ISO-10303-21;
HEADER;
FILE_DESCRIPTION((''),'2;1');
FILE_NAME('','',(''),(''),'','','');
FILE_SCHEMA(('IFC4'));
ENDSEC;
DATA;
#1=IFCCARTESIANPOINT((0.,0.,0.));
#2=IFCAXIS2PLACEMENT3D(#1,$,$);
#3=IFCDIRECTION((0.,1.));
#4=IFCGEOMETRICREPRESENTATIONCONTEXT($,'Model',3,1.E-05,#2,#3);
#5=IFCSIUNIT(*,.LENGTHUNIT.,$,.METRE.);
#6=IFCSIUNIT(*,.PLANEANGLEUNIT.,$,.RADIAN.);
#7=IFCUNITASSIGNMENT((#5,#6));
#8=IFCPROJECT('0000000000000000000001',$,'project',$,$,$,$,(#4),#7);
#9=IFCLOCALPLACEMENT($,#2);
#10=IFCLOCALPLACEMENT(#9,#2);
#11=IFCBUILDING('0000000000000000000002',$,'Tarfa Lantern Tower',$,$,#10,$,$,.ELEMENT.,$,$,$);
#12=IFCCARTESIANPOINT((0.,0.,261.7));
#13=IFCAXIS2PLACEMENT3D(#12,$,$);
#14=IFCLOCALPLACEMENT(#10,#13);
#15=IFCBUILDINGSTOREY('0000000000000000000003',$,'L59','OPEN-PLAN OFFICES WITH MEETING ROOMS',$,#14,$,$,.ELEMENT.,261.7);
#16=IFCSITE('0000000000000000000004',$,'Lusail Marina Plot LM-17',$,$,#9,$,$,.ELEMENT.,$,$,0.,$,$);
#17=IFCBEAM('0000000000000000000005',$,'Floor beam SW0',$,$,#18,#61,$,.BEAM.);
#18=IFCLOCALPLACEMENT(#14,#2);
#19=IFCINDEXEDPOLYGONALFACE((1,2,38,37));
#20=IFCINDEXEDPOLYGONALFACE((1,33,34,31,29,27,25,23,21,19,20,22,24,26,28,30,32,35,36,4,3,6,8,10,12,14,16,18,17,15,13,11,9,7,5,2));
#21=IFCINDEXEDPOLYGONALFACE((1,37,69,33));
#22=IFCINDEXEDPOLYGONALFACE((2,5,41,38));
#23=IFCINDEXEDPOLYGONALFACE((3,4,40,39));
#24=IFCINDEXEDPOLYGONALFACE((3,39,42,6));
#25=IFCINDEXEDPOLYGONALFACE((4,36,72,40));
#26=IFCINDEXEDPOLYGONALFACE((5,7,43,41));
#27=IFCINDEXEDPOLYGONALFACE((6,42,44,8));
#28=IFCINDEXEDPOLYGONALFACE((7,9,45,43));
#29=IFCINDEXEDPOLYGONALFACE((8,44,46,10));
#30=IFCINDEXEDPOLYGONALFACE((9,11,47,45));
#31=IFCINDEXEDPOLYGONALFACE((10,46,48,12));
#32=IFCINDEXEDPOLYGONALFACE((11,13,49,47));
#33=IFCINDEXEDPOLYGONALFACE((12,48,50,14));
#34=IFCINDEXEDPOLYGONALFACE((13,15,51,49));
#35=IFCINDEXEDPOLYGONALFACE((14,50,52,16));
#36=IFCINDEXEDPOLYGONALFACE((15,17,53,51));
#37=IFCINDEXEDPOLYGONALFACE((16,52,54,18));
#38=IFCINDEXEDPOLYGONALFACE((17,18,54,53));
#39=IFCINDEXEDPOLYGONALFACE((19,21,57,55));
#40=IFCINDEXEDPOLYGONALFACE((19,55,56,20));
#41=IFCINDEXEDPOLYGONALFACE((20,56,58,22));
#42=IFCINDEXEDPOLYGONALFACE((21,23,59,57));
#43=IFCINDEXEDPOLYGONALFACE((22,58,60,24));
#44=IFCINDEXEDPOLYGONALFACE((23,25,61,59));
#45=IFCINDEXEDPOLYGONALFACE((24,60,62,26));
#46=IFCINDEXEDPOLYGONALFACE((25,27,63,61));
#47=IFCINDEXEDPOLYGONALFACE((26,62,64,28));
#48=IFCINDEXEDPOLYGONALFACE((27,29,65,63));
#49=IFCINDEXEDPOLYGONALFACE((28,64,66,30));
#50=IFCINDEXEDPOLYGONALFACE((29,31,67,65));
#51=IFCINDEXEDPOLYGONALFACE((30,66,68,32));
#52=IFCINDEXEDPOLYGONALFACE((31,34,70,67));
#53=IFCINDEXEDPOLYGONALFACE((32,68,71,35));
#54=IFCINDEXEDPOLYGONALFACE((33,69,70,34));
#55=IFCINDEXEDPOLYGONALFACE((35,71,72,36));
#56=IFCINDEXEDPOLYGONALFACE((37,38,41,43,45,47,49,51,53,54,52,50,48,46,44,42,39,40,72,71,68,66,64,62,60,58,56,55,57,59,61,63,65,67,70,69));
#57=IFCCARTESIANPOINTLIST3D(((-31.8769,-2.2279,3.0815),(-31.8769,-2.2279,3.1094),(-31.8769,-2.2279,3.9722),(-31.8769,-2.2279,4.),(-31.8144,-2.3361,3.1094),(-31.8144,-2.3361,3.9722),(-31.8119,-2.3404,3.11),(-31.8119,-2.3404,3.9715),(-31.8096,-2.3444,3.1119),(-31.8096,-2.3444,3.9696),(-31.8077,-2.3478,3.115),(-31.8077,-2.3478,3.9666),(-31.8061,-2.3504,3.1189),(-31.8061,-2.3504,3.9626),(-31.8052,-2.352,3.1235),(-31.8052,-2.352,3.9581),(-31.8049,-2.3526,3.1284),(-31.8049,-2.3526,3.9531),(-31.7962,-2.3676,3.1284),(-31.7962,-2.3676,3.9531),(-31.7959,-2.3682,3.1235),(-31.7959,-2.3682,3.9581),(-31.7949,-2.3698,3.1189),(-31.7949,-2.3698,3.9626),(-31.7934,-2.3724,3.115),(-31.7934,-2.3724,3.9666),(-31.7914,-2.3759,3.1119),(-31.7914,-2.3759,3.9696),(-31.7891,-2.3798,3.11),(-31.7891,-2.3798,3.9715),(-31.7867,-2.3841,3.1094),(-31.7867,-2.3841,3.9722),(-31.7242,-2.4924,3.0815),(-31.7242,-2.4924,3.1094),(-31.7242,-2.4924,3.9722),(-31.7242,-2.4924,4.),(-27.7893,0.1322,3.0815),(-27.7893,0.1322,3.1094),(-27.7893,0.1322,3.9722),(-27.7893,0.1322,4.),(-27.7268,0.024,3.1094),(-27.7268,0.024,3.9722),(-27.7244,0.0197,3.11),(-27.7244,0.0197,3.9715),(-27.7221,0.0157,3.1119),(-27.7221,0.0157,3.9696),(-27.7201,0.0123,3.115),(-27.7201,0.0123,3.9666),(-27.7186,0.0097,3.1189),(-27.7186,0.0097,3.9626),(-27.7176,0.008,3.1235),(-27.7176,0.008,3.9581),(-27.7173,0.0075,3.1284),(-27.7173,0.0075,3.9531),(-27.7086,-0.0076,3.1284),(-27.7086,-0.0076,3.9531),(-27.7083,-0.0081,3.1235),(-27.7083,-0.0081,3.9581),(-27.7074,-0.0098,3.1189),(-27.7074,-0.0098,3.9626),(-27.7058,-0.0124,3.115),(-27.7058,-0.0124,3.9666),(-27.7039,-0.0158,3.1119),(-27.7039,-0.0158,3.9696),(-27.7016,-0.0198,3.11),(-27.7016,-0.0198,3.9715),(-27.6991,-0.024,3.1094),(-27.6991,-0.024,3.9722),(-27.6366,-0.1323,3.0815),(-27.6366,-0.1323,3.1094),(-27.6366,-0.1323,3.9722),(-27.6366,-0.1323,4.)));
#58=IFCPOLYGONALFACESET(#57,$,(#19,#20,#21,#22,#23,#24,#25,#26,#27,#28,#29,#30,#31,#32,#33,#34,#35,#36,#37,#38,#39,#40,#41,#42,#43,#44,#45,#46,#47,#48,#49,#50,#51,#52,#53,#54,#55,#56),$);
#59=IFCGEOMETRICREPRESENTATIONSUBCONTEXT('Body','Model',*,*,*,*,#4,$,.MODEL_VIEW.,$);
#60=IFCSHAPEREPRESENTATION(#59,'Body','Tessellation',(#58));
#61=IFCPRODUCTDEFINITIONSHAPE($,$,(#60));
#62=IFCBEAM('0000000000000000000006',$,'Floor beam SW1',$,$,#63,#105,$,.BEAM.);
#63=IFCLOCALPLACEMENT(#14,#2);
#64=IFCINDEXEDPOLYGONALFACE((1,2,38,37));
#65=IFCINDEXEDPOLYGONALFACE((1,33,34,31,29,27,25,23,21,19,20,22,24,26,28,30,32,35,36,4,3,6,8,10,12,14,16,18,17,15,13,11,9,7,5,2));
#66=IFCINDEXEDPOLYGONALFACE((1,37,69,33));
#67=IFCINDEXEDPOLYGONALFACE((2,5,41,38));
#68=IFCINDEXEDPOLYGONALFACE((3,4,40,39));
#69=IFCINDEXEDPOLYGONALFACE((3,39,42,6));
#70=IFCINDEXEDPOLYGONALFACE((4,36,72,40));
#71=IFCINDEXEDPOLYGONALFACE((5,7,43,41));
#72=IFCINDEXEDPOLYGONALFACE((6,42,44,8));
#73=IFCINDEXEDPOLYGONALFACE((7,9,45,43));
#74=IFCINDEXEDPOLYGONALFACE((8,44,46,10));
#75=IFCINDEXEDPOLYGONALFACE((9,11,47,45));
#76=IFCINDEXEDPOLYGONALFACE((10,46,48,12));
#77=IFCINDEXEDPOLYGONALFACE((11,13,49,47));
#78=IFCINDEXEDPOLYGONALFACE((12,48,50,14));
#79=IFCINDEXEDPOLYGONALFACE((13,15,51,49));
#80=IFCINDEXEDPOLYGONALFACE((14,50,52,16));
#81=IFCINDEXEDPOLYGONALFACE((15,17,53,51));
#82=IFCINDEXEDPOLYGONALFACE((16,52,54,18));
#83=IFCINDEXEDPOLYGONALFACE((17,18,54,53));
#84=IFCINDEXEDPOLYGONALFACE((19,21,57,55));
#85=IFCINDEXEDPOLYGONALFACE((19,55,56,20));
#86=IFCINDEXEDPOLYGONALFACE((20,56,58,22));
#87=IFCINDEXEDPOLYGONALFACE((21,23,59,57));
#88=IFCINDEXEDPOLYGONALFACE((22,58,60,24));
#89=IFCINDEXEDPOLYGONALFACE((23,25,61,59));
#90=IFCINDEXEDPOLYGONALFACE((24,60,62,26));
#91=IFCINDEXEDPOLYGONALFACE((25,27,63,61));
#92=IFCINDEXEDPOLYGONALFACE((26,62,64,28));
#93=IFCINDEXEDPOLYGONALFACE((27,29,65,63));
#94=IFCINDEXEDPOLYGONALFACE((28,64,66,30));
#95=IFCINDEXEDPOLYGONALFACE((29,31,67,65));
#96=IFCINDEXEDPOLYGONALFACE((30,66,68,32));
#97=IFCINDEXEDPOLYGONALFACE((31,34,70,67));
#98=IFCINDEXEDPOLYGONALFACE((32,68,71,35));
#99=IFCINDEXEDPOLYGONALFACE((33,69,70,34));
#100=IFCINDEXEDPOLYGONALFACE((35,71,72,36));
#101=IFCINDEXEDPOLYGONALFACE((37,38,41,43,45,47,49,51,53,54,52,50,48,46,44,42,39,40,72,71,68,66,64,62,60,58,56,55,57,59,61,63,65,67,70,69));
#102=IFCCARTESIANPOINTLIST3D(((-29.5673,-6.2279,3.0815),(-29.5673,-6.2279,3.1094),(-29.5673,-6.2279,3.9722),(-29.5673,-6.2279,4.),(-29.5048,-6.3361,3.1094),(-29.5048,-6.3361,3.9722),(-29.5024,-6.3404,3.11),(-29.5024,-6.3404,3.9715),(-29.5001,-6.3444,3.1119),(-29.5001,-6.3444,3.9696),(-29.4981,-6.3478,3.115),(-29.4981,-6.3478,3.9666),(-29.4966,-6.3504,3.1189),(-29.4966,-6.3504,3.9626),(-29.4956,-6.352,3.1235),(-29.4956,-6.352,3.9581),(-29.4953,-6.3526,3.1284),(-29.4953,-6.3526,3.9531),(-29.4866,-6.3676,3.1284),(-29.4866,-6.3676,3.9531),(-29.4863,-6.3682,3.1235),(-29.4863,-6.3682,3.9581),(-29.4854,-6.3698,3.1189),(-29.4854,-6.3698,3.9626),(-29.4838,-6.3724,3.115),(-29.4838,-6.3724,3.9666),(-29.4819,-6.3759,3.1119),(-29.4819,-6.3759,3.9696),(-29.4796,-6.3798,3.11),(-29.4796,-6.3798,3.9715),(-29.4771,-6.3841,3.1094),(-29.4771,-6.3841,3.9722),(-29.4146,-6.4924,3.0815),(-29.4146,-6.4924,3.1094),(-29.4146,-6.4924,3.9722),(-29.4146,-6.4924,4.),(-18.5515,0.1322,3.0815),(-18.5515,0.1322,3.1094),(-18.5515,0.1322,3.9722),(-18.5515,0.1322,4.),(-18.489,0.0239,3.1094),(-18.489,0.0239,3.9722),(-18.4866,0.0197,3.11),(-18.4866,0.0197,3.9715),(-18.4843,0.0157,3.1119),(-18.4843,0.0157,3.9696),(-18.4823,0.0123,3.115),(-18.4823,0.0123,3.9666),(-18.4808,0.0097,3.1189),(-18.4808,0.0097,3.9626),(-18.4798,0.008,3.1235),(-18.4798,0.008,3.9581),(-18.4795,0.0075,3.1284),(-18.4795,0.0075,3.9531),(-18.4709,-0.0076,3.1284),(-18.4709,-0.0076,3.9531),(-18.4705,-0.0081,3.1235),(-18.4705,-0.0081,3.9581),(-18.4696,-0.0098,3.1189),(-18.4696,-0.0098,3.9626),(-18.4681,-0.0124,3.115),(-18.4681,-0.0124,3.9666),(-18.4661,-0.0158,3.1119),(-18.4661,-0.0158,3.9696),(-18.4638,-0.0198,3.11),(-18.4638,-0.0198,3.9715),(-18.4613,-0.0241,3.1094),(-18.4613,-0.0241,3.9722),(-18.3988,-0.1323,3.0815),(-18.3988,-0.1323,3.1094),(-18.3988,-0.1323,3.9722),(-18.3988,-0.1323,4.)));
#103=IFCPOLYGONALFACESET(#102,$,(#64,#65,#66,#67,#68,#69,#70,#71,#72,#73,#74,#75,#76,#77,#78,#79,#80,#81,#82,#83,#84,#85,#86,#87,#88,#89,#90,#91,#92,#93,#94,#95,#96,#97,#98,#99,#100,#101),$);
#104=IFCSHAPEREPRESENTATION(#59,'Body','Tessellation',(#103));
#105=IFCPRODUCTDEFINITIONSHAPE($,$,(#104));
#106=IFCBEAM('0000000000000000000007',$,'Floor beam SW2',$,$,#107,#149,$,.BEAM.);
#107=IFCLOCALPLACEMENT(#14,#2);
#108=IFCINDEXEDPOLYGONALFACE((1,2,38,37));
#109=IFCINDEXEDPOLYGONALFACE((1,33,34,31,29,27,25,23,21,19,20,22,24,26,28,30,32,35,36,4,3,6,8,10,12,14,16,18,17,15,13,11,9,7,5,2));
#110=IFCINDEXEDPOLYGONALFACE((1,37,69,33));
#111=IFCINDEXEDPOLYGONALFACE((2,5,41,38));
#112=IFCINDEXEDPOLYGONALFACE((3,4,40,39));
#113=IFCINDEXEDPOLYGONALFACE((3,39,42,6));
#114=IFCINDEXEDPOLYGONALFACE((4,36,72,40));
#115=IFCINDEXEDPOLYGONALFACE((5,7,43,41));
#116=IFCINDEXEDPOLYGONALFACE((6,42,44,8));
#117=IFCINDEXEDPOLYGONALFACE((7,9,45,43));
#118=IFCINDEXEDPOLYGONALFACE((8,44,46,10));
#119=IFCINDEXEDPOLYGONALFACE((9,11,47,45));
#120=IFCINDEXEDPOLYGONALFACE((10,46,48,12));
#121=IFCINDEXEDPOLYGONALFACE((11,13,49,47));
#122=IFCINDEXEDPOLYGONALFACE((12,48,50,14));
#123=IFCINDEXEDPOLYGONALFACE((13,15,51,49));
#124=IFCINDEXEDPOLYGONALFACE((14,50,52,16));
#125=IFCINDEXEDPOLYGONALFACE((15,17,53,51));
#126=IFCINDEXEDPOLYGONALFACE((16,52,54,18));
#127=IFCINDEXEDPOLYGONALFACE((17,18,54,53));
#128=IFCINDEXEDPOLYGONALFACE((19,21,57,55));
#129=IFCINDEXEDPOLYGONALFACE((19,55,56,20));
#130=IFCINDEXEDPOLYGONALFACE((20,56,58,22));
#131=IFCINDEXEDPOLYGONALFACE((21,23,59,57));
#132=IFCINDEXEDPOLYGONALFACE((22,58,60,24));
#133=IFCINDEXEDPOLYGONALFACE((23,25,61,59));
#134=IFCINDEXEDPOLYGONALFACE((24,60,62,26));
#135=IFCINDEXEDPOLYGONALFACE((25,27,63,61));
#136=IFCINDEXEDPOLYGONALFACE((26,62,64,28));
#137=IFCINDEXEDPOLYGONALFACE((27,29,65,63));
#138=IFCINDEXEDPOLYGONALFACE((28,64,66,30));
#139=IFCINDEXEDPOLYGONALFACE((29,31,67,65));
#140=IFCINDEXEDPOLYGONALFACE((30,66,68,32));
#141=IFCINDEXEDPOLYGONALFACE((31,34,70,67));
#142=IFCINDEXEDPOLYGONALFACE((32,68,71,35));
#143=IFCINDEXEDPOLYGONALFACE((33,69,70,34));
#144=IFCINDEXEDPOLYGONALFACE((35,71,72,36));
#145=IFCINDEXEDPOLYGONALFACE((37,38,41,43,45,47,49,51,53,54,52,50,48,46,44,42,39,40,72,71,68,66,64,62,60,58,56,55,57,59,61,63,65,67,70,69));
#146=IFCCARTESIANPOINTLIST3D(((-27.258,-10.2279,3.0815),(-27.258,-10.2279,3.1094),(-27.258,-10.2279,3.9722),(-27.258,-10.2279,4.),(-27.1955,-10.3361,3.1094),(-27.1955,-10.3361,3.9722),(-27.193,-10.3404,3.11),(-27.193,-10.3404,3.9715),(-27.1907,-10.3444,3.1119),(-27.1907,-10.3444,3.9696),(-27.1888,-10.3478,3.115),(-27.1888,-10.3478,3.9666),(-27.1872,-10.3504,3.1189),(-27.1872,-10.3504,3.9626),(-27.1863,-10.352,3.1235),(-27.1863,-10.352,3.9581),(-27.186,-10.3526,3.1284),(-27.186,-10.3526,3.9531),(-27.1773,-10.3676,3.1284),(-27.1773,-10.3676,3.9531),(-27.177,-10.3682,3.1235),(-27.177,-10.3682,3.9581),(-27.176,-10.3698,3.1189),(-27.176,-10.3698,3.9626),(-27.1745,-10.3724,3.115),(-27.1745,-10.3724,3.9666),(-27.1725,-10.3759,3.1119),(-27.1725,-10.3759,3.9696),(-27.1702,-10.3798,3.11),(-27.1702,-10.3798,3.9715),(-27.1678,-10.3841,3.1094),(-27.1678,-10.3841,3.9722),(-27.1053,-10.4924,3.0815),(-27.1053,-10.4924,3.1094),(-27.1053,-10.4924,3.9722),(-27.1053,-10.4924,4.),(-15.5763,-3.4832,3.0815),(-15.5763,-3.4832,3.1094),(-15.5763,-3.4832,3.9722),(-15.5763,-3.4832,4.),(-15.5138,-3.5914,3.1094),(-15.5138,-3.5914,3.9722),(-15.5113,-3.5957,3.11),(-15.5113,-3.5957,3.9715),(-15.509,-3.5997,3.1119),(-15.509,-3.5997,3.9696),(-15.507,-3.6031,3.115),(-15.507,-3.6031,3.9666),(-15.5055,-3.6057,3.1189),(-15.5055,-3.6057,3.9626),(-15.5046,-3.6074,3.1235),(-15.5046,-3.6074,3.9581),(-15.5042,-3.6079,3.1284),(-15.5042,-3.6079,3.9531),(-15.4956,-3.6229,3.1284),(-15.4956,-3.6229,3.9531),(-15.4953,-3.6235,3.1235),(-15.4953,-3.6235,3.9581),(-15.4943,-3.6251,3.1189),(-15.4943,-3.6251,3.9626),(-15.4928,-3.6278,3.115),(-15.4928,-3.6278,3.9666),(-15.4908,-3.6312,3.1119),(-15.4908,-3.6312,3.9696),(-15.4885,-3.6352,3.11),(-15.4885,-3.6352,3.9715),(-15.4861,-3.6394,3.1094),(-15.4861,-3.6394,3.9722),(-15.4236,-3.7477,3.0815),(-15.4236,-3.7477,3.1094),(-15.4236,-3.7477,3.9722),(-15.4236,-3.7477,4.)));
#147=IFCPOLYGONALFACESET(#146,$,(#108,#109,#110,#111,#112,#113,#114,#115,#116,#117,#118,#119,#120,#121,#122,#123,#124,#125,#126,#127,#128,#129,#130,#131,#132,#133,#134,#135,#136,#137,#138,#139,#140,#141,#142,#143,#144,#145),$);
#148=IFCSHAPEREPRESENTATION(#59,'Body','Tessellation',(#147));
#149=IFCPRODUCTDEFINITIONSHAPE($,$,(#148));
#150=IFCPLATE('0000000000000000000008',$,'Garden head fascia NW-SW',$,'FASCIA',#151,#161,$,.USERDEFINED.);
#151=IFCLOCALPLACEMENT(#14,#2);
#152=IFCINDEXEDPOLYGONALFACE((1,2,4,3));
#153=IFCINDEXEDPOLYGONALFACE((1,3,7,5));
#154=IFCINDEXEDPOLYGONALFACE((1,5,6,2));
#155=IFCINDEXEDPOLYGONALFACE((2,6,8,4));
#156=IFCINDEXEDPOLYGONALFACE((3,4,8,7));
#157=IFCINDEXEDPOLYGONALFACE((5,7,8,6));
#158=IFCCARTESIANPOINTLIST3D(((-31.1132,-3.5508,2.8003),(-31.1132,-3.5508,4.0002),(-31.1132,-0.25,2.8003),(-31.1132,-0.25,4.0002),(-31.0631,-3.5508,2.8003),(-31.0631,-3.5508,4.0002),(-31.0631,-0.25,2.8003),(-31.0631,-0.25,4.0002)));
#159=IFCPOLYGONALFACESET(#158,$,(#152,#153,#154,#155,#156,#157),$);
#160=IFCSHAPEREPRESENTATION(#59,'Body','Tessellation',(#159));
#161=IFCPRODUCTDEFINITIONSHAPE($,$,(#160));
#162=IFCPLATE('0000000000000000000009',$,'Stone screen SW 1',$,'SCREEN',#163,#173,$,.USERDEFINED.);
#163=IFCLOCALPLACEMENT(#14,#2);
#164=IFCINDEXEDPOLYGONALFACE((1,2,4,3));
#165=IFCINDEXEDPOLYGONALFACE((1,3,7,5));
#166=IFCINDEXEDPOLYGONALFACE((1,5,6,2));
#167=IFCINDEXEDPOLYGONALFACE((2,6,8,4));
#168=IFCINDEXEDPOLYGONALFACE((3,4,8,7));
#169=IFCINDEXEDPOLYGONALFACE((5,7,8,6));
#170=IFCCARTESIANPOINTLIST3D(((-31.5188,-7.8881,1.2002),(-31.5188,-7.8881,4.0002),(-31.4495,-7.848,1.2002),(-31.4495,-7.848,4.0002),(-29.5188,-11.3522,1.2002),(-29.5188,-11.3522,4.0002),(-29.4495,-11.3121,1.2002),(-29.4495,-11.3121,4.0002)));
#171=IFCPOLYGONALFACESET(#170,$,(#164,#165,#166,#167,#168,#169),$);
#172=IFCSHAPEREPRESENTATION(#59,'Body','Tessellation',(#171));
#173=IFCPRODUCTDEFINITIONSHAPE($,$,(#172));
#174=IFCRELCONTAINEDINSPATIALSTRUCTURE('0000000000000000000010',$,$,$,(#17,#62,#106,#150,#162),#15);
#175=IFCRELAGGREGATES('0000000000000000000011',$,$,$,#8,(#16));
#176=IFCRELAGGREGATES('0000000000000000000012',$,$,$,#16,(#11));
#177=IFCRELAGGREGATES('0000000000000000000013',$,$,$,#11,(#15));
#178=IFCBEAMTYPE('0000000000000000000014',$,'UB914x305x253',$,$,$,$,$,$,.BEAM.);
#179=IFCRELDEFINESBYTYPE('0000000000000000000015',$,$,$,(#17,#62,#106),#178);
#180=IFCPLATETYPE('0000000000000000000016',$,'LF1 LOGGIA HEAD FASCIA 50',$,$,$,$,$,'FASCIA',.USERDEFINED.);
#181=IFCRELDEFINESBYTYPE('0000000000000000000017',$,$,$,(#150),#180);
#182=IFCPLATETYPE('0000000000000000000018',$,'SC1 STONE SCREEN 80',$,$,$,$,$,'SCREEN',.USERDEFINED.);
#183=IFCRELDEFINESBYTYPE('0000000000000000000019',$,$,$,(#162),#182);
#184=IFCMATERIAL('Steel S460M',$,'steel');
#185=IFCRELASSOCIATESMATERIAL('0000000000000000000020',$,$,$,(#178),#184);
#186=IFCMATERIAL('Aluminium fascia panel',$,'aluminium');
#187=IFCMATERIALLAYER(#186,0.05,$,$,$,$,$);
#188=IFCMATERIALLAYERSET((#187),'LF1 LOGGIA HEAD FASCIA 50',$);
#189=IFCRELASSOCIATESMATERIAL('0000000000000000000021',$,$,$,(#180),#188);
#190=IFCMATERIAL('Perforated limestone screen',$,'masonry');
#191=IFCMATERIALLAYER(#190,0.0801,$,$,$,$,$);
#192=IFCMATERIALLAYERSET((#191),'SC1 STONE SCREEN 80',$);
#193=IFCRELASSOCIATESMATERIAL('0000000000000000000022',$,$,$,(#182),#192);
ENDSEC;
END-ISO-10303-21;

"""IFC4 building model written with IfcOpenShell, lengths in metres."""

from ifc_helpers import new_model, si_unit, direction, frame, origin, origin_2d, place, context, subcontext, project, spatial, rectangle, i_section, extrude, material, layer, layer_set, material_profile, profile_set, type_object, element, save


model = new_model("IFC4")

# Units and contexts
model_context = context("Model", 3, precision=1e-05, world=origin(), true_north=direction((0.0, 1.0)))
body_context = subcontext(model_context, "Body", "Model", "MODEL_VIEW")
ifc_project = project(units=[si_unit("LENGTHUNIT", "METRE"), si_unit("PLANEANGLEUNIT", "RADIAN")], contexts=[model_context])

# Site, building, storey
site_placement = place(None, origin())
site = spatial("IfcSite", under=ifc_project, at=site_placement, Name="Lusail Marina Plot LM-17", CompositionType="ELEMENT", RefElevation=0.0)
building_placement = place(site_placement, origin())
building = spatial("IfcBuilding", under=site, at=building_placement, Name="Tarfa Lantern Tower", CompositionType="ELEMENT")
storey_placement = place(building_placement, frame((0.0, 0.0, 261.7)))
storey = spatial("IfcBuildingStorey", under=building, at=storey_placement, Name="L59", Description="OPEN-PLAN OFFICES WITH MEETING ROOMS", CompositionType="ELEMENT", Elevation=261.7)

# Beams
ifc_material_1 = material(Name="Steel S460M", Category="steel")
ifc_material_profile_1 = material_profile(ifc_material_1, i_section(OverallWidth=0.3054, OverallDepth=0.9185, WebThickness=0.0173, FlangeThickness=0.0278, FilletRadius=0.019, at=origin_2d()), Name="UB914x305x253")
ifc_profile_set_1 = profile_set([ifc_material_profile_1], Name="Steel S460M")
beam_type_1 = type_object("IfcBeamType", Name="UB914x305x253", PredefinedType="BEAM", material=ifc_profile_set_1)
beam_1_placement = place(storey_placement, frame((-31.8005, -2.3601, 3.5408), z_axis=(0.866016, 0.500016, 0.0), x_axis=(-0.500016, 0.866016, 0.0)))
element("IfcBeam", 1, at=beam_1_placement, inside=storey, type_object=beam_type_1, Name="Floor beam SW0", PredefinedType="BEAM", context=body_context, shape_type="SweptSolid", body=[
    extrude(i_section(OverallWidth=0.3054, OverallDepth=0.9185, WebThickness=0.0173, FlangeThickness=0.0278, FilletRadius=0.019, at=origin_2d()), origin(), (0.0, 0.0, 1.0), 4.72),
])
beam_2_placement = place(storey_placement, frame((-29.491, -6.3601, 3.5408), z_axis=(0.866022, 0.500005, 0.0), x_axis=(-0.500005, 0.866022, 0.0)))
element("IfcBeam", 2, at=beam_2_placement, inside=storey, type_object=beam_type_1, Name="Floor beam SW1", PredefinedType="BEAM", context=body_context, shape_type="SweptSolid", body=[
    extrude(i_section(OverallWidth=0.3054, OverallDepth=0.9185, WebThickness=0.0173, FlangeThickness=0.0278, FilletRadius=0.019, at=origin_2d()), origin(), (0.0, 0.0, 1.0), 12.72),
])
beam_3_placement = place(storey_placement, frame((-27.1816, -10.3601, 3.5408), z_axis=(0.866018, 0.500013, 0.0), x_axis=(-0.500013, 0.866018, 0.0)))
element("IfcBeam", 3, at=beam_3_placement, inside=storey, type_object=beam_type_1, Name="Floor beam SW2", PredefinedType="BEAM", context=body_context, shape_type="SweptSolid", body=[
    extrude(i_section(OverallWidth=0.3054, OverallDepth=0.9185, WebThickness=0.0173, FlangeThickness=0.0278, FilletRadius=0.019, at=origin_2d()), origin(), (0.0, 0.0, 1.0), 13.489),
])

# Plates
ifc_material_2 = material(Name="Aluminium fascia panel", Category="aluminium")
ifc_layer_1 = layer(ifc_material_2, 0.05)
ifc_layer_set_1 = layer_set([ifc_layer_1], Name="LF1 LOGGIA HEAD FASCIA 50")
plate_type_1 = type_object("IfcPlateType", Name="LF1 LOGGIA HEAD FASCIA 50", ElementType="FASCIA", PredefinedType="USERDEFINED", material=ifc_layer_set_1)
plate_1_placement = place(storey_placement, frame((-31.0881, -1.9004, 2.8003), z_axis=(0.0, 0.0, 1.0), x_axis=(0.0, -1.0, 0.0)))
element("IfcPlate", 4, at=plate_1_placement, inside=storey, type_object=plate_type_1, Name="Garden head fascia NW-SW", ObjectType="FASCIA", PredefinedType="USERDEFINED", context=body_context, shape_type="SweptSolid", body=[
    extrude(rectangle(XDim=3.3008, YDim=0.05, at=origin_2d()), origin(), (0.0, 0.0, 1.0), 1.2),
])
ifc_material_3 = material(Name="Perforated limestone screen", Category="masonry")
ifc_layer_2 = layer(ifc_material_3, 0.0801)
ifc_layer_set_2 = layer_set([ifc_layer_2], Name="SC1 STONE SCREEN 80")
plate_type_2 = type_object("IfcPlateType", Name="SC1 STONE SCREEN 80", ElementType="SCREEN", PredefinedType="USERDEFINED", material=ifc_layer_set_2)
plate_2_placement = place(storey_placement, frame((-30.4841, -9.6001, 1.2002), z_axis=(0.0, 0.0, 1.0), x_axis=(0.5, -0.866025, 0.0)))
element("IfcPlate", 5, at=plate_2_placement, inside=storey, type_object=plate_type_2, Name="Stone screen SW 1", ObjectType="SCREEN", PredefinedType="USERDEFINED", context=body_context, shape_type="SweptSolid", body=[
    extrude(rectangle(XDim=4.0, YDim=0.0801, at=origin_2d()), origin(), (0.0, 0.0, 1.0), 2.8),
])

save(model, "model.ifc")
